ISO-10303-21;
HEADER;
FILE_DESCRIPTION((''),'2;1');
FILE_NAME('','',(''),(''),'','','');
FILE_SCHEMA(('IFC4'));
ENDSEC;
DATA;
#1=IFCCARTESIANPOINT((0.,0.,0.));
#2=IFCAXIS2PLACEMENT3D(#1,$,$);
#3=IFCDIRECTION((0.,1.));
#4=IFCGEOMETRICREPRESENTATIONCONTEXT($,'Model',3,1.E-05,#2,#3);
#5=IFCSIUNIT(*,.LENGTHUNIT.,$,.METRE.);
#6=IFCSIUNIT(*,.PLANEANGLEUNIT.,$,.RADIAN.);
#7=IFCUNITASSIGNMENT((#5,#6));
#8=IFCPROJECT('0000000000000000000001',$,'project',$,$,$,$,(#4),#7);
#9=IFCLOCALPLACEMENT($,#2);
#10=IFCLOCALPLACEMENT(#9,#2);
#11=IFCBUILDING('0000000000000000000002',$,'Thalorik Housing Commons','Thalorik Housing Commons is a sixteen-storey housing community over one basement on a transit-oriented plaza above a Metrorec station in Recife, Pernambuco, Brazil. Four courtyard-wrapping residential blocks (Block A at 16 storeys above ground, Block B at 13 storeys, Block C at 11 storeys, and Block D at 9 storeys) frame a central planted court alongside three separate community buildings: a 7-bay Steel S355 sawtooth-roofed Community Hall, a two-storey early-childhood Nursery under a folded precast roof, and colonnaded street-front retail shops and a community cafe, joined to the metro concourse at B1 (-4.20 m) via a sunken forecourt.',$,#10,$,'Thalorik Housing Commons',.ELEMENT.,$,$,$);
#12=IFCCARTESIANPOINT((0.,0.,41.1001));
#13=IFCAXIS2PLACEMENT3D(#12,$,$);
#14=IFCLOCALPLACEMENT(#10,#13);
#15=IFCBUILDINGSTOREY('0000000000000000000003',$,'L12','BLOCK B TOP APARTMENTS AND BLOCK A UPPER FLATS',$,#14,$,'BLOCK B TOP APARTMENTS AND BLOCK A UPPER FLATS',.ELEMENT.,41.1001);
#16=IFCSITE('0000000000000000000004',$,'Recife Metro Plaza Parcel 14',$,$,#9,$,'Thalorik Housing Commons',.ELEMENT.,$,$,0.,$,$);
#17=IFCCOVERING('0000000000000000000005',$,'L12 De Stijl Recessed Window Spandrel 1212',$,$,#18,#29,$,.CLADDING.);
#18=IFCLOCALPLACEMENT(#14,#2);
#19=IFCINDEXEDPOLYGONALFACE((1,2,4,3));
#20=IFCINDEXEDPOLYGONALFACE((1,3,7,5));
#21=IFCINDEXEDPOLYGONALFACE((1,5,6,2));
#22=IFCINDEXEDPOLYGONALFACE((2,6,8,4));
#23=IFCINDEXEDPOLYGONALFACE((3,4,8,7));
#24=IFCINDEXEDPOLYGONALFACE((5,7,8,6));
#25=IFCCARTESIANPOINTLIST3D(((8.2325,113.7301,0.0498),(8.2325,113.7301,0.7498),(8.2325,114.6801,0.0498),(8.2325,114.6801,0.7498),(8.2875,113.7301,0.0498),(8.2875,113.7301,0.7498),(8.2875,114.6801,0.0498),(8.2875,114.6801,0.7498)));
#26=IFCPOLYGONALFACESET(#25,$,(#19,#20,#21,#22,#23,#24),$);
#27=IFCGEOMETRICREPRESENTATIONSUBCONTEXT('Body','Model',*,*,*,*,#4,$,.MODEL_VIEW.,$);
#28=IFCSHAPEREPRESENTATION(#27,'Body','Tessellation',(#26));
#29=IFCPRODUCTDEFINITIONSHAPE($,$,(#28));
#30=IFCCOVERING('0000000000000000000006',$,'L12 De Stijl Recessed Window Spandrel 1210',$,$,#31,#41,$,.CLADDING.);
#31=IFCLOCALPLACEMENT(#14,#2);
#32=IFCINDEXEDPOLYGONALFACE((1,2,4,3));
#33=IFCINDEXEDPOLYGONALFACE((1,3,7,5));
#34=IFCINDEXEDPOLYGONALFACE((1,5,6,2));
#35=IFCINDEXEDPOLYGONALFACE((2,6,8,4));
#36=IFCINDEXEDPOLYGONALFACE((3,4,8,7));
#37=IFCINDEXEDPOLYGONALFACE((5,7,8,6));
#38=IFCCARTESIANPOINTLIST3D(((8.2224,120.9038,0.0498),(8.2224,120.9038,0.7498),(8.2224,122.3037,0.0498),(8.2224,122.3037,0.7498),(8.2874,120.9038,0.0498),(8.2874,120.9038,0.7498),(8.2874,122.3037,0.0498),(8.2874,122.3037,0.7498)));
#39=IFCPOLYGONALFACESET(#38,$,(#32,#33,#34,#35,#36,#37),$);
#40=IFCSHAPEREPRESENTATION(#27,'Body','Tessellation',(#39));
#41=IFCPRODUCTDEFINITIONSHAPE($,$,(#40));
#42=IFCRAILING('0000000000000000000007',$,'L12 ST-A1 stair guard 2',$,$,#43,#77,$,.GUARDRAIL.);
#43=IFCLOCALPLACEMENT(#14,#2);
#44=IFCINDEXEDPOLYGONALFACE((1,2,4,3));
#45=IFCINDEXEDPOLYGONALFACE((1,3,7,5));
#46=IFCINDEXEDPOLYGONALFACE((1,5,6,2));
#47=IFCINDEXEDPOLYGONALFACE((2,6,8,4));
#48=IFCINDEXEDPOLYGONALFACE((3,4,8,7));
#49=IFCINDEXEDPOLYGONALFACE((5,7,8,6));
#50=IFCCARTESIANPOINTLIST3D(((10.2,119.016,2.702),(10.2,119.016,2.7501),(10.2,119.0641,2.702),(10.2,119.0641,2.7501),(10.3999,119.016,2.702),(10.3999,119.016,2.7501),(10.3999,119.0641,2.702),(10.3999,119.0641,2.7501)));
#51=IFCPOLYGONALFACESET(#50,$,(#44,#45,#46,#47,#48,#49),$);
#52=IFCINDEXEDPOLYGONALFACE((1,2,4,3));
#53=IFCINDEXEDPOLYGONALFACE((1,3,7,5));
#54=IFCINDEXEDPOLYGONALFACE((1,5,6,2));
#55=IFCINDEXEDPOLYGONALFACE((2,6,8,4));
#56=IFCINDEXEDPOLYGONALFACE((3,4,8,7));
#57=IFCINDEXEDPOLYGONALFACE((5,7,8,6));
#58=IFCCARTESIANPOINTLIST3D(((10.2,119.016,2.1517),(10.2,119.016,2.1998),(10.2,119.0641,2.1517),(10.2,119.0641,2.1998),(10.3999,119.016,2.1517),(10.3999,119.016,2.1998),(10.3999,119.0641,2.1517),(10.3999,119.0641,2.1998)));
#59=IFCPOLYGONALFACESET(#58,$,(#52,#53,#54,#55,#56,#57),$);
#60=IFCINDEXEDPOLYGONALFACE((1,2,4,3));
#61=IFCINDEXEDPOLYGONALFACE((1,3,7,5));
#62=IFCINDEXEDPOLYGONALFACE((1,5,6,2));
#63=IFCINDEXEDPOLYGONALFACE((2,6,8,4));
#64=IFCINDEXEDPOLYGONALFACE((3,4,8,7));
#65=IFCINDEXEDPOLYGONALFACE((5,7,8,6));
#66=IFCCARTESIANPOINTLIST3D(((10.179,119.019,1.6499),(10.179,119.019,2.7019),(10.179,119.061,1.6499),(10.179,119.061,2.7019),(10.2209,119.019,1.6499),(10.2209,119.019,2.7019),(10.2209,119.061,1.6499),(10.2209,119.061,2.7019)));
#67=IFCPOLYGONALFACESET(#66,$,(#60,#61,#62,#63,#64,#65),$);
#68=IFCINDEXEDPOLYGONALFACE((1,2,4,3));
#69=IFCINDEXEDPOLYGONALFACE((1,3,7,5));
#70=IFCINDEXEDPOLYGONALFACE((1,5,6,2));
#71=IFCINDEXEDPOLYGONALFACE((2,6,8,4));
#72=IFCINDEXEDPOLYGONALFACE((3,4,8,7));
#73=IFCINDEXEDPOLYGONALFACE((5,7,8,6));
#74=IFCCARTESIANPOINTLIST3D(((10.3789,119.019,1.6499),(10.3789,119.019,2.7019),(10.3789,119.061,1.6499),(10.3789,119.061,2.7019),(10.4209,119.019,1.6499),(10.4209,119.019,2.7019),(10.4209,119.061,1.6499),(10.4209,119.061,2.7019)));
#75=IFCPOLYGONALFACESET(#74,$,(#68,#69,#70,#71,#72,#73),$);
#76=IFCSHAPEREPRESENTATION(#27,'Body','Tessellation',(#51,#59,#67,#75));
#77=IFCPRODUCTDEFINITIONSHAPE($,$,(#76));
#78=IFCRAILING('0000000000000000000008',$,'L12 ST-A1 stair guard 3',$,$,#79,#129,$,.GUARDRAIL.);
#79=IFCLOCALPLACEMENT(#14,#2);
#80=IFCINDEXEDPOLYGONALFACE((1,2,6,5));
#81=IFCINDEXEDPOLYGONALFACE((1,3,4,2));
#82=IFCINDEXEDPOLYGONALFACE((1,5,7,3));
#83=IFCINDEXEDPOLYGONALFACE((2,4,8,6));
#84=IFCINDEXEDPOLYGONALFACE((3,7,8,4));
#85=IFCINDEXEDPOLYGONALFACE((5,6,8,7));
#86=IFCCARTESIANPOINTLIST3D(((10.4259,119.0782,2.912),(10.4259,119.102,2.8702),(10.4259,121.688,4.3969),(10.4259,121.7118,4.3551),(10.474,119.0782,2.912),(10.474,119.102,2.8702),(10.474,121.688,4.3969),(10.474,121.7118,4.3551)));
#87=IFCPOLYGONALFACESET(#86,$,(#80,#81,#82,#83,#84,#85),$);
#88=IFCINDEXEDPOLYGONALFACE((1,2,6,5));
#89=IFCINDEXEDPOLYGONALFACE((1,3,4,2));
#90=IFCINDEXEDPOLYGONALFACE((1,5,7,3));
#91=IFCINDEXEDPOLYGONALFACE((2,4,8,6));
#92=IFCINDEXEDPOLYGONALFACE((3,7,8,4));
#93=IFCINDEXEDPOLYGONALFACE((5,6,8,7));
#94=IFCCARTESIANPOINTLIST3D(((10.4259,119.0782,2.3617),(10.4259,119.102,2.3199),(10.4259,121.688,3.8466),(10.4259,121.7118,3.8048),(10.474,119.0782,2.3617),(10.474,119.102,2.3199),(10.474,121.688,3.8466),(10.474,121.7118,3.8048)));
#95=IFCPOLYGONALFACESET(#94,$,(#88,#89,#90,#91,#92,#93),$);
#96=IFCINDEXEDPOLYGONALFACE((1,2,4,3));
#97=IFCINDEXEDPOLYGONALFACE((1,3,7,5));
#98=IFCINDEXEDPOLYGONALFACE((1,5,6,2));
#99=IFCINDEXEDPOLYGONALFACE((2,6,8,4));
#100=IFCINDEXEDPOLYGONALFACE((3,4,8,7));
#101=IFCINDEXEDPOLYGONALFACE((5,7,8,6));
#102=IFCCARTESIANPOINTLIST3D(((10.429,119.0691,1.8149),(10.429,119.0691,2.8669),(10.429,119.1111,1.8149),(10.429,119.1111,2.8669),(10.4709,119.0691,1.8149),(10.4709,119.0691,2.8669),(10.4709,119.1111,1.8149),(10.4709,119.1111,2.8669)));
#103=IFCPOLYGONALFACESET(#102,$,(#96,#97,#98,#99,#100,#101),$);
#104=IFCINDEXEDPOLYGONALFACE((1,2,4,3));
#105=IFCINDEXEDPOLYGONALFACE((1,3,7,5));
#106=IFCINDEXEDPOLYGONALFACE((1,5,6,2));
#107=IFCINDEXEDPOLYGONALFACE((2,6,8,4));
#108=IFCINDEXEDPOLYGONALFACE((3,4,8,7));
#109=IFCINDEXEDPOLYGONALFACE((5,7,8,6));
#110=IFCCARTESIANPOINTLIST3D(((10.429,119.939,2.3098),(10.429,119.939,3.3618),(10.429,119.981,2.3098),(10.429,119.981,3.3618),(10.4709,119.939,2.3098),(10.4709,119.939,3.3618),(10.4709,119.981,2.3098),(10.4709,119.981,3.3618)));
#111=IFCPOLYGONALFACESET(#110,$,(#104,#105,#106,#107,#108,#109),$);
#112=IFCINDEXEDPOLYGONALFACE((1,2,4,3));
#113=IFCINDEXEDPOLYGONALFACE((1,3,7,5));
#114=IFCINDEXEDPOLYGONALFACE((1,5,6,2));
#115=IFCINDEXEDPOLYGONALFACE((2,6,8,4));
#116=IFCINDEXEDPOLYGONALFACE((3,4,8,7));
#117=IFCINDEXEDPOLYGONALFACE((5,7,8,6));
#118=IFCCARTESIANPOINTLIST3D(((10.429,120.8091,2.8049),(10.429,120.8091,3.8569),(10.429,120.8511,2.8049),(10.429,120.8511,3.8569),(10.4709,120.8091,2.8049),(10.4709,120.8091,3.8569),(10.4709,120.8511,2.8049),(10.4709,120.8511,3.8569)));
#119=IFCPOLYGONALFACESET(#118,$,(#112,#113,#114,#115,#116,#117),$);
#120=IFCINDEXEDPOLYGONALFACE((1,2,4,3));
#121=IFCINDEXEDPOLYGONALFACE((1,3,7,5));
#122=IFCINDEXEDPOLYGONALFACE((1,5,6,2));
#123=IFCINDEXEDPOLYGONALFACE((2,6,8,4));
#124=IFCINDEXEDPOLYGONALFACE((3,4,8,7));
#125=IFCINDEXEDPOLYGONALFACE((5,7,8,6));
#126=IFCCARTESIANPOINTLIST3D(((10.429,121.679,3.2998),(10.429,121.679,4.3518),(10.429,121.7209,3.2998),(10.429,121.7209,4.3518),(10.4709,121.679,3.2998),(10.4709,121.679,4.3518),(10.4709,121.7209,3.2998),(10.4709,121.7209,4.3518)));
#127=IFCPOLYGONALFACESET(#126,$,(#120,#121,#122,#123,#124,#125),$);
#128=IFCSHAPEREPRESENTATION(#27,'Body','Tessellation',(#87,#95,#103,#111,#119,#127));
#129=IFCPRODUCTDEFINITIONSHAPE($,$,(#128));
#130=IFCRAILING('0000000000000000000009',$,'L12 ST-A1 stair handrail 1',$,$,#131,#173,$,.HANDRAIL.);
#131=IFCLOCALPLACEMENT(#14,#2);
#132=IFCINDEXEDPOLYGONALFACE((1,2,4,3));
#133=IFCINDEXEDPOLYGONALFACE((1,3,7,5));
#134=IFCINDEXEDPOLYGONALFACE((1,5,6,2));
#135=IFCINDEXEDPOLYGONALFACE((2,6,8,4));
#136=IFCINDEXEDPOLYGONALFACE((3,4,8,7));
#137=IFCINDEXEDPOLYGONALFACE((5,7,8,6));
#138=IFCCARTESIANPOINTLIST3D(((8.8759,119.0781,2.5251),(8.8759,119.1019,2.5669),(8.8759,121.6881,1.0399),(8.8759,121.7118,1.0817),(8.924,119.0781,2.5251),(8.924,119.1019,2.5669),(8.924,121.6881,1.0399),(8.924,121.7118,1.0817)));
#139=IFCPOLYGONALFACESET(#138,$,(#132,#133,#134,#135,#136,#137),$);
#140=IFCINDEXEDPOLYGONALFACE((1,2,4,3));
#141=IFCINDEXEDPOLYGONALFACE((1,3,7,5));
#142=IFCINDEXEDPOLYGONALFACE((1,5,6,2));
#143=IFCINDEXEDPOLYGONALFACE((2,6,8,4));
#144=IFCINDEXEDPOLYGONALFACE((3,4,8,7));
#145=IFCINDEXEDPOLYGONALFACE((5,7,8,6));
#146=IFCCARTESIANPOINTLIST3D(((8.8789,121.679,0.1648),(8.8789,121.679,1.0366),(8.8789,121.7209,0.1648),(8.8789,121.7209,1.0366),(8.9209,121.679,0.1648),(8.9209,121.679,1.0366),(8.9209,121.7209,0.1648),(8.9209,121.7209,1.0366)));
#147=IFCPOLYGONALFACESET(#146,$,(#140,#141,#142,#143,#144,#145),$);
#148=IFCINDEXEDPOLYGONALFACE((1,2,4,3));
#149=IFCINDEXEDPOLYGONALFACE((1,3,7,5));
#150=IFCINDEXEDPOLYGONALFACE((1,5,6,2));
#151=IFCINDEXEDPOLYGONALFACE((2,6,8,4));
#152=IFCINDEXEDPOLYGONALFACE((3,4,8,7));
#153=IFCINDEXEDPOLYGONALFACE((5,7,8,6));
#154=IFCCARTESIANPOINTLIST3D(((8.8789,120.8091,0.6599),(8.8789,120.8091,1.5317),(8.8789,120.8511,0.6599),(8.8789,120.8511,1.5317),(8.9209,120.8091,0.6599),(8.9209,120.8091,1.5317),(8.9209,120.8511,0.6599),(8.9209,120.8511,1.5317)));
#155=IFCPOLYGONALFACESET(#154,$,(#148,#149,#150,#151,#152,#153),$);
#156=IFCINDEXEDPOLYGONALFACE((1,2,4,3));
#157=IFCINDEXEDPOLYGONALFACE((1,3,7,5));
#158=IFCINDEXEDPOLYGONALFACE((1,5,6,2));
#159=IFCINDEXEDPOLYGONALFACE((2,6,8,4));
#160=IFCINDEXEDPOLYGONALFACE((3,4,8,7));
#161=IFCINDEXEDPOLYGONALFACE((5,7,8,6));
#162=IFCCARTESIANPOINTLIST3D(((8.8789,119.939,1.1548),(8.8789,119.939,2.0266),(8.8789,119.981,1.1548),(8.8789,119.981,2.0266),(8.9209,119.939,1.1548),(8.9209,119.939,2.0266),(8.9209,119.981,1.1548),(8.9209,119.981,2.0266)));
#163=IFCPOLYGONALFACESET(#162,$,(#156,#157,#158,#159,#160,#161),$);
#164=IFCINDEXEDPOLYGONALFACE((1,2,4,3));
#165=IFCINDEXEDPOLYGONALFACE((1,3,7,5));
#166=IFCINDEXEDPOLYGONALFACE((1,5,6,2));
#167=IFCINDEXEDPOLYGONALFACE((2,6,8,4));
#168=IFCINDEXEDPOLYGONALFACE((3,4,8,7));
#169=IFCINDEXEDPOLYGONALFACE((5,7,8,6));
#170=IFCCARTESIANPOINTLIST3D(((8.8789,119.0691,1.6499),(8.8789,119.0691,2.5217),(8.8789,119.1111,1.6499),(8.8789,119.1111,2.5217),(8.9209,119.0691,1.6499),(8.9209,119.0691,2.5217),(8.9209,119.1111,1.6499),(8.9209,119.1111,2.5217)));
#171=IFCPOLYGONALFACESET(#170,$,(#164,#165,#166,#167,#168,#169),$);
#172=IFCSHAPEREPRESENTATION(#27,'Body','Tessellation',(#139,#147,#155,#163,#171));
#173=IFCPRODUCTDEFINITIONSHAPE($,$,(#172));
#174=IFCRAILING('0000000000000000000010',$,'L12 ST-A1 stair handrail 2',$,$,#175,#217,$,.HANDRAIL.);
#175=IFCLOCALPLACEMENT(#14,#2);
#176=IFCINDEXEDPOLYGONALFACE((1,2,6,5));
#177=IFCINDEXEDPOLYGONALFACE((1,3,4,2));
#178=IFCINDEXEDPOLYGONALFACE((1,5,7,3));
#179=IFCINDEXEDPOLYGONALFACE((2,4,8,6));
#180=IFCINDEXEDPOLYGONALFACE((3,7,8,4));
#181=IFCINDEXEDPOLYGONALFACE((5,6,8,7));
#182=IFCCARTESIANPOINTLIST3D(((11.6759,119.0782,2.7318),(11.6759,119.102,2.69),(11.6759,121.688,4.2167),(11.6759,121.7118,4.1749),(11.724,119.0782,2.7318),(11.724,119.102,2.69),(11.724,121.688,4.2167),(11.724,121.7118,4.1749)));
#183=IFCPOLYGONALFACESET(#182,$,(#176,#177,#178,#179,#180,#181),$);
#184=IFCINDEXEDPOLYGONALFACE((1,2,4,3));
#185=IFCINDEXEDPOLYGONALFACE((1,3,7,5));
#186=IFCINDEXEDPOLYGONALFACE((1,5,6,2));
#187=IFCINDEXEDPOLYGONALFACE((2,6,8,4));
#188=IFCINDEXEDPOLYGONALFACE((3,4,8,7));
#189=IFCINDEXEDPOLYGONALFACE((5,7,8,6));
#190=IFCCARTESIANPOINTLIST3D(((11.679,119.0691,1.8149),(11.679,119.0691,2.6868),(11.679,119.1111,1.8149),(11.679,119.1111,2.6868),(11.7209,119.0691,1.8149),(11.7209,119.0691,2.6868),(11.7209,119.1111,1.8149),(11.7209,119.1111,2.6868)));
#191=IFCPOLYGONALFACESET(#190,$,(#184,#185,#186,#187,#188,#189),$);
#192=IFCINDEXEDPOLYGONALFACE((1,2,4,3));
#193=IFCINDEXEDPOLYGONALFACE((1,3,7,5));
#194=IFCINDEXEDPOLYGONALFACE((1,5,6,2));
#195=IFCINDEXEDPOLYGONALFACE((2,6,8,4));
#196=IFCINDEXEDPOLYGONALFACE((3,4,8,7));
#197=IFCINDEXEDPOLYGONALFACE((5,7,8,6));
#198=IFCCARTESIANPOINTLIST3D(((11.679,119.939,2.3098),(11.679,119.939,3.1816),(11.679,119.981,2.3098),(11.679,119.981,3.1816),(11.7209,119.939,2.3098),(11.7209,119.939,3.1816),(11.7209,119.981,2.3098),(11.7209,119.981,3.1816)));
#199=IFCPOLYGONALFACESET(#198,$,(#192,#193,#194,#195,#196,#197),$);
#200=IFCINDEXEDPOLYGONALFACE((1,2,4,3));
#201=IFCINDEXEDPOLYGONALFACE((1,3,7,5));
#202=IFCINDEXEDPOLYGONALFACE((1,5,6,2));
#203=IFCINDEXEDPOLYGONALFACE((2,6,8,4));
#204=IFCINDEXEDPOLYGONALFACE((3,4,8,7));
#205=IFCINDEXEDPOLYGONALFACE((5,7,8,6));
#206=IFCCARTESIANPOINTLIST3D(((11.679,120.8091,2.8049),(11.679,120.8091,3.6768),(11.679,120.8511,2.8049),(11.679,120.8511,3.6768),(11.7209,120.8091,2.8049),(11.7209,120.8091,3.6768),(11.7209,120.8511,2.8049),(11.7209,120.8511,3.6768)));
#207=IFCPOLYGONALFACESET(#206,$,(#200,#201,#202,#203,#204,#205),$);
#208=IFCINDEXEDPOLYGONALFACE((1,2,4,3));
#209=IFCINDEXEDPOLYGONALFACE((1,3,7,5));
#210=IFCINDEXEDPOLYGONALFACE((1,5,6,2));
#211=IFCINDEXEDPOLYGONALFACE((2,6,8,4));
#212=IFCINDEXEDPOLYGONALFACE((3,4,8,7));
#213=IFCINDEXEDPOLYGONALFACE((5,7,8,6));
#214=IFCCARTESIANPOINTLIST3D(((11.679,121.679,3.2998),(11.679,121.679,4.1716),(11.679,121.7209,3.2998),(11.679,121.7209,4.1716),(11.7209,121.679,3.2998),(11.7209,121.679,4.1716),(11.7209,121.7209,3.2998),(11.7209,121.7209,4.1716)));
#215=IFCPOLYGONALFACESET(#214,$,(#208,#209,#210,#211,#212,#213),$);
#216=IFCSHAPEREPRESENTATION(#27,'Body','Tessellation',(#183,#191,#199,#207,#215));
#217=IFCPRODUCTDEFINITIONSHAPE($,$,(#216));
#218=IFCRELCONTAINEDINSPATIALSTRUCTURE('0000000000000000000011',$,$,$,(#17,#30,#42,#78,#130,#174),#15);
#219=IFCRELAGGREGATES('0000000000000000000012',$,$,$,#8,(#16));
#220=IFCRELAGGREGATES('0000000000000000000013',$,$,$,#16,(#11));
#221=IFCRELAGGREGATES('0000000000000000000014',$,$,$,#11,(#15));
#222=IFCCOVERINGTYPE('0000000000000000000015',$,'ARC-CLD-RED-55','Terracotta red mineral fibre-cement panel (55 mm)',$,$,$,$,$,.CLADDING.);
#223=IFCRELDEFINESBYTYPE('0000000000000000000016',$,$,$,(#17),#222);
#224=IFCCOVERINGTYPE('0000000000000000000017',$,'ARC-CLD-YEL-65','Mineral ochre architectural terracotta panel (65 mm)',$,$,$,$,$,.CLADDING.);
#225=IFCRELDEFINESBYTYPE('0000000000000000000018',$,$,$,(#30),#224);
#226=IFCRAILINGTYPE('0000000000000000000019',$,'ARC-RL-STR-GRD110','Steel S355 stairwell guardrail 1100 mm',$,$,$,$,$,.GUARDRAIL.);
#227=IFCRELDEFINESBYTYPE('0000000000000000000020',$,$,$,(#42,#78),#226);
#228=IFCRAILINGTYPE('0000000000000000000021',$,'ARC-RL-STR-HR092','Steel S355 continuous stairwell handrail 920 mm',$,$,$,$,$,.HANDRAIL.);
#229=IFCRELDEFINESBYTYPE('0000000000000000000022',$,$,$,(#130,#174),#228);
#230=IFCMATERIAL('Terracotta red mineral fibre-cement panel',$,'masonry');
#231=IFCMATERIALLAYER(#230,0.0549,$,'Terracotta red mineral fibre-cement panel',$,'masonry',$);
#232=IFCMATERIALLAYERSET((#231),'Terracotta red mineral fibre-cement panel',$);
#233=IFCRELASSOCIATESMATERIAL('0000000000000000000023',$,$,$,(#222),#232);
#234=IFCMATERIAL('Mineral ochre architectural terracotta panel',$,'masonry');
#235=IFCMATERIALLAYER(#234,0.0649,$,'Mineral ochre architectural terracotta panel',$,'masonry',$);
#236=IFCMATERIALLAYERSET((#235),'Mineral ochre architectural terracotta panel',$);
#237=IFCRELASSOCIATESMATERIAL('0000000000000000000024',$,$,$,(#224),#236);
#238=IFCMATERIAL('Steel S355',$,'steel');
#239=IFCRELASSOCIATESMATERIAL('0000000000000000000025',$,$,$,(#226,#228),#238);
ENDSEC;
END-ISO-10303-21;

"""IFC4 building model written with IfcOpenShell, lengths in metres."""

from ifc_helpers import new_model, si_unit, direction, frame, origin, origin_2d, place, context, subcontext, project, spatial, rectangle, extrude, material, layer, layer_set, type_object, element, save


model = new_model("IFC4")

# Units and contexts
model_context = context("Model", 3, precision=1e-05, world=origin(), true_north=direction((0.0, 1.0)))
body_context = subcontext(model_context, "Body", "Model", "MODEL_VIEW")
ifc_project = project(units=[si_unit("LENGTHUNIT", "METRE"), si_unit("PLANEANGLEUNIT", "RADIAN")], contexts=[model_context])

# Site, building, storey
site_placement = place(None, origin())
site = spatial("IfcSite", under=ifc_project, at=site_placement, Name="Recife Metro Plaza Parcel 14", LongName="Thalorik Housing Commons", CompositionType="ELEMENT", RefElevation=0.0)
building_placement = place(site_placement, origin())
building = spatial("IfcBuilding", under=site, at=building_placement, Name="Thalorik Housing Commons", Description="Thalorik Housing Commons is a sixteen-storey housing community over one basement on a transit-oriented plaza above a Metrorec station in Recife, Pernambuco, Brazil. Four courtyard-wrapping residential blocks (Block A at 16 storeys above ground, Block B at 13 storeys, Block C at 11 storeys, and Block D at 9 storeys) frame a central planted court alongside three separate community buildings: a 7-bay Steel S355 sawtooth-roofed Community Hall, a two-storey early-childhood Nursery under a folded precast roof, and colonnaded street-front retail shops and a community cafe, joined to the metro concourse at B1 (-4.20 m) via a sunken forecourt.", LongName="Thalorik Housing Commons", CompositionType="ELEMENT")
storey_placement = place(building_placement, frame((0.0, 0.0, 41.1001)))
storey = spatial("IfcBuildingStorey", under=building, at=storey_placement, Name="L12", Description="BLOCK B TOP APARTMENTS AND BLOCK A UPPER FLATS", LongName="BLOCK B TOP APARTMENTS AND BLOCK A UPPER FLATS", CompositionType="ELEMENT", Elevation=41.1001)

# Shared definitions
ifc_material_1 = material(Name="Steel S355", Category="steel")

# Coverings
ifc_material_2 = material(Name="Terracotta red mineral fibre-cement panel", Category="masonry")
ifc_layer_1 = layer(ifc_material_2, 0.0549, Name="Terracotta red mineral fibre-cement panel", Category="masonry")
ifc_layer_set_1 = layer_set([ifc_layer_1], Name="Terracotta red mineral fibre-cement panel")
covering_type_1 = type_object("IfcCoveringType", Name="ARC-CLD-RED-55", Description="Terracotta red mineral fibre-cement panel (55 mm)", PredefinedType="CLADDING", material=ifc_layer_set_1)
covering_1_placement = place(storey_placement, frame((8.26, 114.2051, 0.0498), z_axis=(0.0, 0.0, 1.0), x_axis=(0.0, -1.0, 0.0)))
element("IfcCovering", 1, at=covering_1_placement, inside=storey, type_object=covering_type_1, Name="L12 De Stijl Recessed Window Spandrel 1212", PredefinedType="CLADDING", context=body_context, shape_type="SweptSolid", body=[
    extrude(rectangle(XDim=0.95, YDim=0.0549, at=origin_2d()), origin(), (0.0, 0.0, 1.0), 0.7),
])
ifc_material_3 = material(Name="Mineral ochre architectural terracotta panel", Category="masonry")
ifc_layer_2 = layer(ifc_material_3, 0.0649, Name="Mineral ochre architectural terracotta panel", Category="masonry")
ifc_layer_set_2 = layer_set([ifc_layer_2], Name="Mineral ochre architectural terracotta panel")
covering_type_2 = type_object("IfcCoveringType", Name="ARC-CLD-YEL-65", Description="Mineral ochre architectural terracotta panel (65 mm)", PredefinedType="CLADDING", material=ifc_layer_set_2)
covering_2_placement = place(storey_placement, frame((8.2549, 121.6038, 0.0498), z_axis=(0.0, 0.0, 1.0), x_axis=(0.0, -1.0, 0.0)))
element("IfcCovering", 2, at=covering_2_placement, inside=storey, type_object=covering_type_2, Name="L12 De Stijl Recessed Window Spandrel 1210", PredefinedType="CLADDING", context=body_context, shape_type="SweptSolid", body=[
    extrude(rectangle(XDim=1.3999, YDim=0.0649, at=origin_2d()), origin(), (0.0, 0.0, 1.0), 0.7),
])

# Railings
railing_type_1 = type_object("IfcRailingType", Name="ARC-RL-STR-GRD110", Description="Steel S355 stairwell guardrail 1100 mm", PredefinedType="GUARDRAIL", material=ifc_material_1)
railing_1_placement = place(storey_placement, frame((10.2, 119.04, 1.6499)))
element("IfcRailing", 3, at=railing_1_placement, inside=storey, type_object=railing_type_1, Name="L12 ST-A1 stair guard 2", PredefinedType="GUARDRAIL", context=body_context, shape_type="SweptSolid", body=[
    extrude(rectangle(XDim=0.0481, YDim=0.0481, at=origin_2d()), frame((0.0, 0.0, 1.0762), z_axis=(1.0, 0.0, 0.0), x_axis=(0.0, 1.0, 0.0)), (0.0, 0.0, 1.0), 0.2),
    extrude(rectangle(XDim=0.0481, YDim=0.0481, at=origin_2d()), frame((0.0, 0.0, 0.5259), z_axis=(1.0, 0.0, 0.0), x_axis=(0.0, 1.0, 0.0)), (0.0, 0.0, 1.0), 0.2),
    extrude(rectangle(XDim=0.042, YDim=0.042, at=origin_2d()), origin(), (0.0, 0.0, 1.0), 1.052),
    extrude(rectangle(XDim=0.042, YDim=0.042, at=origin_2d()), frame((0.2, 0.0, 0.0)), (0.0, 0.0, 1.0), 1.052),
])
railing_2_placement = place(storey_placement, frame((10.45, 119.0901, 1.8149)))
element("IfcRailing", 4, at=railing_2_placement, inside=storey, type_object=railing_type_1, Name="L12 ST-A1 stair guard 3", PredefinedType="GUARDRAIL", context=body_context, shape_type="SweptSolid", body=[
    extrude(rectangle(XDim=0.0481, YDim=0.0481, at=origin_2d()), frame((0.0, 0.0, 1.0762), z_axis=(0.0, 0.869172, 0.494509), x_axis=(-1.0, 0.0, 0.0)), (0.0, 0.0, 1.0), 3.0027),
    extrude(rectangle(XDim=0.0481, YDim=0.0481, at=origin_2d()), frame((0.0, 0.0, 0.5259), z_axis=(0.0, 0.869172, 0.494509), x_axis=(-1.0, 0.0, 0.0)), (0.0, 0.0, 1.0), 3.0027),
    extrude(rectangle(XDim=0.042, YDim=0.042, at=origin_2d()), origin(), (0.0, 0.0, 1.0), 1.052),
    extrude(rectangle(XDim=0.042, YDim=0.042, at=origin_2d()), frame((0.0, 0.8699, 0.4949)), (0.0, 0.0, 1.0), 1.052),
    extrude(rectangle(XDim=0.042, YDim=0.042, at=origin_2d()), frame((0.0, 1.74, 0.99)), (0.0, 0.0, 1.0), 1.052),
    extrude(rectangle(XDim=0.042, YDim=0.042, at=origin_2d()), frame((0.0, 2.6099, 1.4849)), (0.0, 0.0, 1.0), 1.052),
])
railing_type_2 = type_object("IfcRailingType", Name="ARC-RL-STR-HR092", Description="Steel S355 continuous stairwell handrail 920 mm", PredefinedType="HANDRAIL", material=ifc_material_1)
railing_3_placement = place(storey_placement, frame((8.8999, 121.7, 0.1648)))
element("IfcRailing", 5, at=railing_3_placement, inside=storey, type_object=railing_type_2, Name="L12 ST-A1 stair handrail 1", PredefinedType="HANDRAIL", context=body_context, shape_type="SweptSolid", body=[
    extrude(rectangle(XDim=0.0481, YDim=0.0481, at=origin_2d()), frame((0.0, 0.0, 0.896), z_axis=(0.0, -0.869137, 0.494571), x_axis=(1.0, 0.0, 0.0)), (0.0, 0.0, 1.0), 3.0029),
    extrude(rectangle(XDim=0.042, YDim=0.042, at=origin_2d()), origin(), (0.0, 0.0, 1.0), 0.8718),
    extrude(rectangle(XDim=0.042, YDim=0.042, at=origin_2d()), frame((0.0, -0.8699, 0.4951)), (0.0, 0.0, 1.0), 0.8718),
    extrude(rectangle(XDim=0.042, YDim=0.042, at=origin_2d()), frame((0.0, -1.74, 0.99)), (0.0, 0.0, 1.0), 0.8718),
    extrude(rectangle(XDim=0.042, YDim=0.042, at=origin_2d()), frame((0.0, -2.6099, 1.4851)), (0.0, 0.0, 1.0), 0.8718),
])
railing_4_placement = place(storey_placement, frame((11.7, 119.0901, 1.8149)))
element("IfcRailing", 6, at=railing_4_placement, inside=storey, type_object=railing_type_2, Name="L12 ST-A1 stair handrail 2", PredefinedType="HANDRAIL", context=body_context, shape_type="SweptSolid", body=[
    extrude(rectangle(XDim=0.0481, YDim=0.0481, at=origin_2d()), frame((0.0, 0.0, 0.896), z_axis=(0.0, 0.869172, 0.494509), x_axis=(-1.0, 0.0, 0.0)), (0.0, 0.0, 1.0), 3.0027),
    extrude(rectangle(XDim=0.042, YDim=0.042, at=origin_2d()), origin(), (0.0, 0.0, 1.0), 0.8718),
    extrude(rectangle(XDim=0.042, YDim=0.042, at=origin_2d()), frame((0.0, 0.8699, 0.4949)), (0.0, 0.0, 1.0), 0.8718),
    extrude(rectangle(XDim=0.042, YDim=0.042, at=origin_2d()), frame((0.0, 1.74, 0.99)), (0.0, 0.0, 1.0), 0.8718),
    extrude(rectangle(XDim=0.042, YDim=0.042, at=origin_2d()), frame((0.0, 2.6099, 1.4849)), (0.0, 0.0, 1.0), 0.8718),
])

save(model, "model.ifc")
